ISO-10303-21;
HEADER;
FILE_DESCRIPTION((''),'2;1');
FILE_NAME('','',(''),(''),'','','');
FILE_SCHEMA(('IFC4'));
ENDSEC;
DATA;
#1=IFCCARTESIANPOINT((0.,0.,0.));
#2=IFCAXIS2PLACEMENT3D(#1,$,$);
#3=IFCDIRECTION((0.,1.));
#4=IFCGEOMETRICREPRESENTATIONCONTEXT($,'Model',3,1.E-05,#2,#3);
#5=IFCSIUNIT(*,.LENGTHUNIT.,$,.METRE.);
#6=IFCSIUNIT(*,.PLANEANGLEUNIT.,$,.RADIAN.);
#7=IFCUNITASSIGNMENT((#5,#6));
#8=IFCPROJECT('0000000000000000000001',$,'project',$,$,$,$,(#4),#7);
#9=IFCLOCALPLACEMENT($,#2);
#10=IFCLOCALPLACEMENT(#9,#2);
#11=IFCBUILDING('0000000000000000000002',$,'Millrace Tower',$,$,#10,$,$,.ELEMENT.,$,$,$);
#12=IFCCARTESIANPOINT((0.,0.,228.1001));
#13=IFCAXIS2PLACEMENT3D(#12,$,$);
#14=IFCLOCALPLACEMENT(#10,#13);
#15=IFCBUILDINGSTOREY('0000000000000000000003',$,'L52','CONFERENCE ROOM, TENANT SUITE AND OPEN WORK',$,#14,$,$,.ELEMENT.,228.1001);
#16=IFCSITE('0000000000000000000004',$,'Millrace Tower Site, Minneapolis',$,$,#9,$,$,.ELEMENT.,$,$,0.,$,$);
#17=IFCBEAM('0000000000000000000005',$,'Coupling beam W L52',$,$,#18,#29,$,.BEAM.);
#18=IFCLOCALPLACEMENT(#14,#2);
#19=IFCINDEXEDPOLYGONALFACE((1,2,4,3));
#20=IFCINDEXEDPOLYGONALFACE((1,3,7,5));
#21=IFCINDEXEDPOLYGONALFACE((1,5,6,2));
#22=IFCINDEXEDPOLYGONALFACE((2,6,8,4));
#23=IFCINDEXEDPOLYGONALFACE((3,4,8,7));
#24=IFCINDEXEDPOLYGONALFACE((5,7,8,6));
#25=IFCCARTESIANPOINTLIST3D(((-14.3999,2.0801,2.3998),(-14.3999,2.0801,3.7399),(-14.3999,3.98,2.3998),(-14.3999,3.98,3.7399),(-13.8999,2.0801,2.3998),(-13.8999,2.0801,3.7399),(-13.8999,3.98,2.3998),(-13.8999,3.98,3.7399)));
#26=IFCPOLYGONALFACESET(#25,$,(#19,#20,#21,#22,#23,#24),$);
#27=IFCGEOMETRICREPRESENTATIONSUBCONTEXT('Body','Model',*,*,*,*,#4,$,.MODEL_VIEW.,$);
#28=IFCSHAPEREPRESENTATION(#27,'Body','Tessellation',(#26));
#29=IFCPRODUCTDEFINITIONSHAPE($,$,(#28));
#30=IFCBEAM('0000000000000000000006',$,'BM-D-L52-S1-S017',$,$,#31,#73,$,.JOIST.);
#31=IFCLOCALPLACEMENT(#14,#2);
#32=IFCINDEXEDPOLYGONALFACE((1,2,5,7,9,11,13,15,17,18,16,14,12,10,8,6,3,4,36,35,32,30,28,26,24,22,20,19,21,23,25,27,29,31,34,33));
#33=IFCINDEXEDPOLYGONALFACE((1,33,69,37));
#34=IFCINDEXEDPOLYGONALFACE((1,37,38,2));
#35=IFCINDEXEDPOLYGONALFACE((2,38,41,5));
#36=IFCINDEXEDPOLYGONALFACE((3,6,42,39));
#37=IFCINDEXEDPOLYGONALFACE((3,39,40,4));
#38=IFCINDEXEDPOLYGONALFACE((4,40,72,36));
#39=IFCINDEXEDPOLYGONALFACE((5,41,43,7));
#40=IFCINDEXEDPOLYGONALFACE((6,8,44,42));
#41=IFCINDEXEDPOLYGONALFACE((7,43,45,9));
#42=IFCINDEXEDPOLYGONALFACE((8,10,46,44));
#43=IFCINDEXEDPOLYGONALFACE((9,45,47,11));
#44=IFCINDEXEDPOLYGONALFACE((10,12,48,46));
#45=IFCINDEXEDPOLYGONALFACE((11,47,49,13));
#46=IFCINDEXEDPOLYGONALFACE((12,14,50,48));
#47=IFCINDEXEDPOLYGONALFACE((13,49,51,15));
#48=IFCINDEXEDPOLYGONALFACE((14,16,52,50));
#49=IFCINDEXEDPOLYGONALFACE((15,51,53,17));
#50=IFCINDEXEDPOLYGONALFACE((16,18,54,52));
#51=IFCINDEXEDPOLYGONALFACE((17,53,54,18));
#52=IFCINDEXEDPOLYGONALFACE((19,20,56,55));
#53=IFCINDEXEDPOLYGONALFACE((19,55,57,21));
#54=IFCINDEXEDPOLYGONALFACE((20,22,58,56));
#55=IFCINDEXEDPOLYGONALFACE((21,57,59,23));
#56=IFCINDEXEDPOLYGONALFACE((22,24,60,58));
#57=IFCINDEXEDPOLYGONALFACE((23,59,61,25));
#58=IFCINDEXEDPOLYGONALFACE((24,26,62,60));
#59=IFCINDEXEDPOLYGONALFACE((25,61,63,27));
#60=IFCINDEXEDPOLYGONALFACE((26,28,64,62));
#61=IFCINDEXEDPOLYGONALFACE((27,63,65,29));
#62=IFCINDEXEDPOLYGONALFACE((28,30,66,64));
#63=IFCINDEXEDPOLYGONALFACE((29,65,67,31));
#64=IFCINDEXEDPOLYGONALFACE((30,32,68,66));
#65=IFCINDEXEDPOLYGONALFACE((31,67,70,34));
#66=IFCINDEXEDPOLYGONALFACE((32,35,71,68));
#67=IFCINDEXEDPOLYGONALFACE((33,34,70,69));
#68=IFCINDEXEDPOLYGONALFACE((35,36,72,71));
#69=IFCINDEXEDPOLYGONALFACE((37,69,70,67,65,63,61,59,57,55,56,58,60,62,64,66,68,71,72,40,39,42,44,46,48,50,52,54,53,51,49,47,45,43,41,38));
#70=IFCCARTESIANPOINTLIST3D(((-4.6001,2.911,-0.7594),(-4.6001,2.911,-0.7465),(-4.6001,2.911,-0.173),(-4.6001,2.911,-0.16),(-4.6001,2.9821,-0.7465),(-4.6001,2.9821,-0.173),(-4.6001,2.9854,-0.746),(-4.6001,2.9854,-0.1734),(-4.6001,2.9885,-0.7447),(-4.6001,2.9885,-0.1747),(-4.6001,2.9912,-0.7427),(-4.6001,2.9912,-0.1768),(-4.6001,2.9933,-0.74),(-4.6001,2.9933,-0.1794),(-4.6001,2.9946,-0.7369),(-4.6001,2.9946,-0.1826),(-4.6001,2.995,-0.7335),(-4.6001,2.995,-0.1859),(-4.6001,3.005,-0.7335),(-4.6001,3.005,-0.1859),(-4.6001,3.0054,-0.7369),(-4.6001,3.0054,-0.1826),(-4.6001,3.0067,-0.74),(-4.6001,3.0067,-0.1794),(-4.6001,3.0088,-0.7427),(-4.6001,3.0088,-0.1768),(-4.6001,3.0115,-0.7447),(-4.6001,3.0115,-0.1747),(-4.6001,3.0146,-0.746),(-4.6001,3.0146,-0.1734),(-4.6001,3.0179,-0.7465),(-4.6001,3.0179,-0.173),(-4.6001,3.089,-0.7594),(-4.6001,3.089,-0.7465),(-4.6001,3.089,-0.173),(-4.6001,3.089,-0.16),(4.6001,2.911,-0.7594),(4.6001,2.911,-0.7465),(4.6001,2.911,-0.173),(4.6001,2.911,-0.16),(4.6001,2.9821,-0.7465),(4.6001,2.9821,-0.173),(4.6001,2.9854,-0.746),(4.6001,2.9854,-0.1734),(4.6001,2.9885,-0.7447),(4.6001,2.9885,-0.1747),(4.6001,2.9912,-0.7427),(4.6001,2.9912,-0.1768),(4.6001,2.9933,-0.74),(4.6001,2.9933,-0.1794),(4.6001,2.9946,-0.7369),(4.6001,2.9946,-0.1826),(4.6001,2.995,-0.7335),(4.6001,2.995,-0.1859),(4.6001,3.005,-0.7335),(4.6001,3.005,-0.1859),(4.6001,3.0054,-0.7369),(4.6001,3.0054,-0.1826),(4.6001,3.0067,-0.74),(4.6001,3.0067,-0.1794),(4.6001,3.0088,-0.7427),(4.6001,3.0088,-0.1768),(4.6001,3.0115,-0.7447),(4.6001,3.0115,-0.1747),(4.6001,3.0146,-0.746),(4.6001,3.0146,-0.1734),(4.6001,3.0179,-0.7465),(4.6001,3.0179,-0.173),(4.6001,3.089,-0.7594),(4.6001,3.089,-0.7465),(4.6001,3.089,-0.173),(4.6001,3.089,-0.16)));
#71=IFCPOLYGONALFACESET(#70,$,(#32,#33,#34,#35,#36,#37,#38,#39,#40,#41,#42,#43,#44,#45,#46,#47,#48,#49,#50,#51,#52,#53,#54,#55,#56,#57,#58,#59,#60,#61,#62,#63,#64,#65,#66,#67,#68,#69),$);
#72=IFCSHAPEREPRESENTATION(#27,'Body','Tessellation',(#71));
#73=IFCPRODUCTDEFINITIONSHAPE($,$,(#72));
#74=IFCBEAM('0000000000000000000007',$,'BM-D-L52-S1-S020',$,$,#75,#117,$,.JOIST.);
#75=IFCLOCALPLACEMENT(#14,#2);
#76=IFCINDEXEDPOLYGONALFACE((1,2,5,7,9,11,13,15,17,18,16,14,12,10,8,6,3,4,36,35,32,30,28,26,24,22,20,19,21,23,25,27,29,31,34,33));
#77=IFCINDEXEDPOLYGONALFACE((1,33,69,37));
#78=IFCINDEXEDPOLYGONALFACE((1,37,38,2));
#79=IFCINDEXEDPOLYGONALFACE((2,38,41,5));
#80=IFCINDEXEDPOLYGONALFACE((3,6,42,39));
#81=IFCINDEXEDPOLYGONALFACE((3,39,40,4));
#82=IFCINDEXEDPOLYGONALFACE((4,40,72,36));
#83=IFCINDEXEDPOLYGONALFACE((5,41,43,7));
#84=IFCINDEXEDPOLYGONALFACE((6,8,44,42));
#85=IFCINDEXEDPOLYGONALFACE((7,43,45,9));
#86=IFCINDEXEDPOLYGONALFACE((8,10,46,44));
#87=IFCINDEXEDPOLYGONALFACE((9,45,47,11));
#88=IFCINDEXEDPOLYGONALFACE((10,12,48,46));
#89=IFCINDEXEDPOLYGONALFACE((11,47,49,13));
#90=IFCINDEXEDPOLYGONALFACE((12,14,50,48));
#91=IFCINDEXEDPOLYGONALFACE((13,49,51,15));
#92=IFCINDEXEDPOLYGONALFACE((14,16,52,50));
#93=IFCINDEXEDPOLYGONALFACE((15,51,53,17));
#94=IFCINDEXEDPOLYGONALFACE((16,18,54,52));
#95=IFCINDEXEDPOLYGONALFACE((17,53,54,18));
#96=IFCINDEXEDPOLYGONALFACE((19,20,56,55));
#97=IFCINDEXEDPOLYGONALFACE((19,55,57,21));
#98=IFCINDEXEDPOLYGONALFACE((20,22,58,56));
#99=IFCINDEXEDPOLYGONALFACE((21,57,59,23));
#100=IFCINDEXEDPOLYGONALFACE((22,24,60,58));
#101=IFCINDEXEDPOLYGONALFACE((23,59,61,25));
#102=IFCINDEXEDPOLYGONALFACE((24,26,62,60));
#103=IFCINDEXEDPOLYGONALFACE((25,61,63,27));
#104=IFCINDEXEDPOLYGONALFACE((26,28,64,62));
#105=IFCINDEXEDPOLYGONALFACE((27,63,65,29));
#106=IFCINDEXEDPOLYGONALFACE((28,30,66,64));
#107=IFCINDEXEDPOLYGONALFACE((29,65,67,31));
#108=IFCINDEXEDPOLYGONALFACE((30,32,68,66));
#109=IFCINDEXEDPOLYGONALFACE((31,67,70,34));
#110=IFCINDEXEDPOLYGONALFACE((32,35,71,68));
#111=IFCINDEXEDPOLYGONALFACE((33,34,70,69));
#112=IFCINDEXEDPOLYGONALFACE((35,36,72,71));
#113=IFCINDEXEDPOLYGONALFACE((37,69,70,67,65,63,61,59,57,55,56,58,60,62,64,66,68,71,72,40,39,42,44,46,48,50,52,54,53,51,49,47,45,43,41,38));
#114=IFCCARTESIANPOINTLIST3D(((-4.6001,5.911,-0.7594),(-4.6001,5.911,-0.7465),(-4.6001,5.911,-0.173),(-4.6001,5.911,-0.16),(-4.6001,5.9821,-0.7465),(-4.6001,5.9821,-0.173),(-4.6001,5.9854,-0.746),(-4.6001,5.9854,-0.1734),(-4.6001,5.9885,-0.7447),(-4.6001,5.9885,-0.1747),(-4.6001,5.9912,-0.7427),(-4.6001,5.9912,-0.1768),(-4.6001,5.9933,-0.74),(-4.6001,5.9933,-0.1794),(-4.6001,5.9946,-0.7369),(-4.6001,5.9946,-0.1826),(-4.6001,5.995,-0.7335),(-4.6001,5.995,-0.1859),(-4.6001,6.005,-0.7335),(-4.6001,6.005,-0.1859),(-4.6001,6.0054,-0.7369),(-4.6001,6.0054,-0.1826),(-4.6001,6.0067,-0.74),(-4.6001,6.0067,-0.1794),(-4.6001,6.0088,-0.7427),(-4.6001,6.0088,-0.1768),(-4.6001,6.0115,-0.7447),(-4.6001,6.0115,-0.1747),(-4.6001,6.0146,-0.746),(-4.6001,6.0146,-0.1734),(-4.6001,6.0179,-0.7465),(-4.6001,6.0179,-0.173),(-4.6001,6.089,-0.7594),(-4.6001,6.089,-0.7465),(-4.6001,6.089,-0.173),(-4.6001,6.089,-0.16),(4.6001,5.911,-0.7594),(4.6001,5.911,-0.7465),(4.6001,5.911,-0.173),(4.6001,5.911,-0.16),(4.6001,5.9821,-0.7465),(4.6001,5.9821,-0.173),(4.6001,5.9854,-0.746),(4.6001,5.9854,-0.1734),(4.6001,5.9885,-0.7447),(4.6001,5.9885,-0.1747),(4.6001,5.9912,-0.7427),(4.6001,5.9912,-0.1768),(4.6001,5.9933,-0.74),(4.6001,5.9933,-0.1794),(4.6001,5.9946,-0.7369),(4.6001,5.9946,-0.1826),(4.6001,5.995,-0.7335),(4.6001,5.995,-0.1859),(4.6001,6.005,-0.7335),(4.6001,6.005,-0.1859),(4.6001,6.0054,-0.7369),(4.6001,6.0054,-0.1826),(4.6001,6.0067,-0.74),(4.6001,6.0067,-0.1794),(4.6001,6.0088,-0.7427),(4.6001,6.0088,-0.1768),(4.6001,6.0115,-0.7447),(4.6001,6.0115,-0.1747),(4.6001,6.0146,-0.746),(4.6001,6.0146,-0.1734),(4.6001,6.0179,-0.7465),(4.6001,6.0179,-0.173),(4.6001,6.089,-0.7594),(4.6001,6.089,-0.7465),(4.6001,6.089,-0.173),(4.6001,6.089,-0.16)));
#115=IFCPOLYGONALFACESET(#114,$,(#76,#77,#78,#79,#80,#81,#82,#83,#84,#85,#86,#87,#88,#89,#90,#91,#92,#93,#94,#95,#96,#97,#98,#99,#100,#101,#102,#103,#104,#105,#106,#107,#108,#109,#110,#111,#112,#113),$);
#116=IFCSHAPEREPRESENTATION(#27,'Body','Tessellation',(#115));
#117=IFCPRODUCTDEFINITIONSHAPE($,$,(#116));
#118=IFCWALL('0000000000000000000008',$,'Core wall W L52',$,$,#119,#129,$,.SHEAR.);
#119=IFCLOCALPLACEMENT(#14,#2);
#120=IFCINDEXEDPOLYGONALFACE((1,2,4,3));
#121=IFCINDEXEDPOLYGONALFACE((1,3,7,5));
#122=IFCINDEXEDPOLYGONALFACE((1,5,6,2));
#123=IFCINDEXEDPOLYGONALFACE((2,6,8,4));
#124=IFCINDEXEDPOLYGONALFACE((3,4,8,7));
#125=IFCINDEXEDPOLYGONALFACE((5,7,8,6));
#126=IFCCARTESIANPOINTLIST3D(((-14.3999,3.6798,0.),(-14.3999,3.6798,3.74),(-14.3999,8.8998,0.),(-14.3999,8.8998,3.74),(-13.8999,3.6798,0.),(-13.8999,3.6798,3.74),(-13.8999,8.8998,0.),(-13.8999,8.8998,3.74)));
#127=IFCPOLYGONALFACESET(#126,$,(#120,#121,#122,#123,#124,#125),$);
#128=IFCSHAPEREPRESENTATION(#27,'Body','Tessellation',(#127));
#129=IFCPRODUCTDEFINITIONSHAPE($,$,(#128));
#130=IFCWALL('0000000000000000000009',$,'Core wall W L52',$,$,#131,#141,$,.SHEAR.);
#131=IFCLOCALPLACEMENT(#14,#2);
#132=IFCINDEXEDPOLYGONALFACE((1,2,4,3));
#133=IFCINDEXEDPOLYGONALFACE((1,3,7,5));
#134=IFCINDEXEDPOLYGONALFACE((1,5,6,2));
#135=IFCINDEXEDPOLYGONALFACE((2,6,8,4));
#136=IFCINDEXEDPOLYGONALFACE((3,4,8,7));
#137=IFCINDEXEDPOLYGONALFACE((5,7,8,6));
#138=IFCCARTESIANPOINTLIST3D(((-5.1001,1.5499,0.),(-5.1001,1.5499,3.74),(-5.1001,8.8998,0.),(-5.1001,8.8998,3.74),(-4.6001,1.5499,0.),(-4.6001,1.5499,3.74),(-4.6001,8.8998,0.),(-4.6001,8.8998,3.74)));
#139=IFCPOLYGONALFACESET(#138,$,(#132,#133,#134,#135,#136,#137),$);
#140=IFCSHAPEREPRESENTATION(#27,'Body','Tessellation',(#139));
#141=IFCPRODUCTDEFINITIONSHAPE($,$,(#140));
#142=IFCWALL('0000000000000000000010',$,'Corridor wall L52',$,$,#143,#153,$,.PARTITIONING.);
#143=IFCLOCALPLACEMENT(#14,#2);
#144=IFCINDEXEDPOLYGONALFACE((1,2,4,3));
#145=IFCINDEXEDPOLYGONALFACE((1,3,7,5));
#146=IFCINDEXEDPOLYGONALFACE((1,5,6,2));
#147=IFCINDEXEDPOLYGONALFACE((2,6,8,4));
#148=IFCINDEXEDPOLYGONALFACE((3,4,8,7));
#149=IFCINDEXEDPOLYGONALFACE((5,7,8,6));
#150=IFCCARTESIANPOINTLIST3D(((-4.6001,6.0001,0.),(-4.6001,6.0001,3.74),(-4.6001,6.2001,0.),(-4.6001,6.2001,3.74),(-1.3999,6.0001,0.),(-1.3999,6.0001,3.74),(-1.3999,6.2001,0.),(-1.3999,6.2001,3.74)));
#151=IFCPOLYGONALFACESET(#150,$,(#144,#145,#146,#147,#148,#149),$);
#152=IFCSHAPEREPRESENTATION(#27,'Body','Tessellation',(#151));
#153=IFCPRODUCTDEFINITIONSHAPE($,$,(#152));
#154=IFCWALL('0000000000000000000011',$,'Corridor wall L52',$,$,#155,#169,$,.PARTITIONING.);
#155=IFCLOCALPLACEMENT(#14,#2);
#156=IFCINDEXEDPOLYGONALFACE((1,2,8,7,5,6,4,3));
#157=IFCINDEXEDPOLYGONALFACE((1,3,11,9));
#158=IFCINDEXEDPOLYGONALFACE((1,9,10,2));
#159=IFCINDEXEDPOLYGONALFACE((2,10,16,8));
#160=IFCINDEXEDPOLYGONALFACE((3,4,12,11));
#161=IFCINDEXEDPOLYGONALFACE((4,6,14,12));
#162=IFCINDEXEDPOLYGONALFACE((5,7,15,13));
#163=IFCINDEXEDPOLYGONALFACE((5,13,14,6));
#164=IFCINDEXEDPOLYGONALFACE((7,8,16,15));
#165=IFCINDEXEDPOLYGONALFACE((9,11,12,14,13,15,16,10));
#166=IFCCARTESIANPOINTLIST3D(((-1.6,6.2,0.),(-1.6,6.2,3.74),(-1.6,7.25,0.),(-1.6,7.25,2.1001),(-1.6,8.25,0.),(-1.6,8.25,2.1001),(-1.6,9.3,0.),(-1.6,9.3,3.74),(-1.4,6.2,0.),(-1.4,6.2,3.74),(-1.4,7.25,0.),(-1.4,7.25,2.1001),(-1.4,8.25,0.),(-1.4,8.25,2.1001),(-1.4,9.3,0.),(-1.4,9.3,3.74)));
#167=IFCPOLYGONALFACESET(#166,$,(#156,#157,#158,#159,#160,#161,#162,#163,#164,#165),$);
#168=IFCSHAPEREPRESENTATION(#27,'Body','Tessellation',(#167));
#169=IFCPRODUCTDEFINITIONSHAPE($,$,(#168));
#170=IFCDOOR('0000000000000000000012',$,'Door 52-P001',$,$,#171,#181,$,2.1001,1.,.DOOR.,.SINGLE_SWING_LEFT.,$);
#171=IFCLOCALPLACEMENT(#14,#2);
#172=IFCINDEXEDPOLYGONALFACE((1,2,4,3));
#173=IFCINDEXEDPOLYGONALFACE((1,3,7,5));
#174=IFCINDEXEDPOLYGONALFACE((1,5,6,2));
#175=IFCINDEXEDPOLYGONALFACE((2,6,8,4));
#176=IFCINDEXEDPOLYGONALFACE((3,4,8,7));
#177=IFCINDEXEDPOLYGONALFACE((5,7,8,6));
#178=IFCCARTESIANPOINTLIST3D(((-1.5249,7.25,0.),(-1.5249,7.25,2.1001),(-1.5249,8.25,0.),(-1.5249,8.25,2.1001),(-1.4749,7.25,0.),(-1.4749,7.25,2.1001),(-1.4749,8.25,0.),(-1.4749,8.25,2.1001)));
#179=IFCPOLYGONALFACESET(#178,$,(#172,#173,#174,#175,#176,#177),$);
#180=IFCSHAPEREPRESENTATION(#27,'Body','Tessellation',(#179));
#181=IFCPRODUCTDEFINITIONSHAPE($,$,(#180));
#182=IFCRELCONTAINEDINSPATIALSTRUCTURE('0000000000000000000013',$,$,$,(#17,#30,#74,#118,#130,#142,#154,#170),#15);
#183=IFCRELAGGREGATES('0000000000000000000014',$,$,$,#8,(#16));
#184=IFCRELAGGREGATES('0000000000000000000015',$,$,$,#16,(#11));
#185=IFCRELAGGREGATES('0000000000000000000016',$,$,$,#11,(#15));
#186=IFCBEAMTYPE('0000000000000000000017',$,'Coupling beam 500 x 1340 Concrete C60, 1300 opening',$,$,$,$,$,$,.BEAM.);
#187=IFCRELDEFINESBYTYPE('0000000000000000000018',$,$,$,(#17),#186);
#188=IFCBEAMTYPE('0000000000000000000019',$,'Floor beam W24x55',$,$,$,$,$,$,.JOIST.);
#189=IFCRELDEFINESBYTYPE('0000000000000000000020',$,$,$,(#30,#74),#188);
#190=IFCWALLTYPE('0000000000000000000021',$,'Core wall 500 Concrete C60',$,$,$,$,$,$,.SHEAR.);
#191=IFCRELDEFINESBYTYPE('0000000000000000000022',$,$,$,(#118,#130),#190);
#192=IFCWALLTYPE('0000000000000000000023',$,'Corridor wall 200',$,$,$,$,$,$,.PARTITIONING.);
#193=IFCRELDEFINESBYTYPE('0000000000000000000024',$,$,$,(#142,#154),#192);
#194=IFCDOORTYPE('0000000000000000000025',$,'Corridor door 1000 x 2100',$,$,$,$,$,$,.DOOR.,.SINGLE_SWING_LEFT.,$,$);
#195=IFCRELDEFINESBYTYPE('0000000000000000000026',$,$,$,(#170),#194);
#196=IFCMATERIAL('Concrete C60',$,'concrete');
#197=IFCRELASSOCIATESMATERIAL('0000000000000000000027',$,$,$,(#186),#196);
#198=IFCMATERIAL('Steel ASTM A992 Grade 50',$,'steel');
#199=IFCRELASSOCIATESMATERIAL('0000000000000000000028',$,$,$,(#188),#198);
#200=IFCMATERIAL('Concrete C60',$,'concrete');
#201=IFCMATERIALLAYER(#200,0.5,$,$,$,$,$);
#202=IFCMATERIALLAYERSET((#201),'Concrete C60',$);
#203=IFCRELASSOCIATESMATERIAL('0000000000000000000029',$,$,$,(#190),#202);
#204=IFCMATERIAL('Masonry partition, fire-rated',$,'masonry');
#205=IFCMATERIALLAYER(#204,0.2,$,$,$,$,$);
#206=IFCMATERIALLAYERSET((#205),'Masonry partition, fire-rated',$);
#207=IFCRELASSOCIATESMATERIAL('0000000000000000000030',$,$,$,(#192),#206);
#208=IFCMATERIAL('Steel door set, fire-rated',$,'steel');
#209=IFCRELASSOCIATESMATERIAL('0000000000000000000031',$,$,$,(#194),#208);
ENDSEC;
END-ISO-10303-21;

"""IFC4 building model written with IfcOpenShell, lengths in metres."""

from ifc_helpers import new_model, si_unit, direction, frame, frame_2d, origin, origin_2d, place, context, subcontext, project, spatial, rectangle, i_section, extrude, material, layer, layer_set, material_profile, profile_set, type_object, element, fill, save


model = new_model("IFC4")

# Units and contexts
model_context = context("Model", 3, precision=1e-05, world=origin(), true_north=direction((0.0, 1.0)))
body_context = subcontext(model_context, "Body", "Model", "MODEL_VIEW")
ifc_project = project(units=[si_unit("LENGTHUNIT", "METRE"), si_unit("PLANEANGLEUNIT", "RADIAN")], contexts=[model_context])

# Site, building, storey
site_placement = place(None, origin())
site = spatial("IfcSite", under=ifc_project, at=site_placement, Name="Millrace Tower Site, Minneapolis", CompositionType="ELEMENT", RefElevation=0.0)
building_placement = place(site_placement, origin())
building = spatial("IfcBuilding", under=site, at=building_placement, Name="Millrace Tower", CompositionType="ELEMENT")
storey_placement = place(building_placement, frame((0.0, 0.0, 228.1001)))
storey = spatial("IfcBuildingStorey", under=building, at=storey_placement, Name="L52", Description="CONFERENCE ROOM, TENANT SUITE AND OPEN WORK", CompositionType="ELEMENT", Elevation=228.1001)

# Beams
ifc_material_1 = material(Name="Concrete C60", Category="concrete")
ifc_material_profile_1 = material_profile(ifc_material_1, rectangle(XDim=0.5, YDim=1.3401, at=origin_2d()))
ifc_profile_set_1 = profile_set([ifc_material_profile_1], Name="Concrete C60")
beam_type_1 = type_object("IfcBeamType", Name="Coupling beam 500 x 1340 Concrete C60, 1300 opening", PredefinedType="BEAM", material=ifc_profile_set_1)
beam_placement = place(storey_placement, frame((-14.1499, 2.0801, 3.0698), z_axis=(0.0, 1.0, 0.0), x_axis=(-1.0, 0.0, 0.0)))
element("IfcBeam", 1, at=beam_placement, inside=storey, type_object=beam_type_1, Name="Coupling beam W L52", PredefinedType="BEAM", context=body_context, shape_type="SweptSolid", body=[
    extrude(rectangle(XDim=0.5, YDim=1.3401, at=origin_2d()), origin(), (0.0, 0.0, 1.0), 1.8999),
])
ifc_material_2 = material(Name="Steel ASTM A992 Grade 50", Category="steel")
ifc_material_profile_2 = material_profile(ifc_material_2, i_section(OverallWidth=0.178, OverallDepth=0.5994, WebThickness=0.01, FlangeThickness=0.0129, FilletRadius=0.0129, at=origin_2d()))
ifc_profile_set_2 = profile_set([ifc_material_profile_2], Name="Steel ASTM A992 Grade 50")
beam_type_2 = type_object("IfcBeamType", Name="Floor beam W24x55", PredefinedType="JOIST", material=ifc_profile_set_2)
for number, where, z_axis, x_axis, name in (
    (2, (-4.6001, 3.0, -0.4597), (1.0, 0.0, 0.0), (0.0, 1.0, 0.0), "BM-D-L52-S1-S017"),
    (3, (-4.6001, 6.0, -0.4597), (1.0, 0.0, 0.0), (0.0, 1.0, 0.0), "BM-D-L52-S1-S020"),
):
    element("IfcBeam", number, at=place(storey_placement, frame(where, z_axis=z_axis, x_axis=x_axis)), inside=storey, type_object=beam_type_2, Name=name, PredefinedType="JOIST", context=body_context, shape_type="SweptSolid", body=[
        extrude(i_section(OverallWidth=0.178, OverallDepth=0.5994, WebThickness=0.01, FlangeThickness=0.0129, FilletRadius=0.0129, at=origin_2d()), origin(), (0.0, 0.0, 1.0), 9.2002),
    ])

# Walls
ifc_material_3 = material(Name="Concrete C60", Category="concrete")
ifc_layer_1 = layer(ifc_material_3, 0.5)
ifc_layer_set_1 = layer_set([ifc_layer_1], Name="Concrete C60")
wall_type_1 = type_object("IfcWallType", Name="Core wall 500 Concrete C60", PredefinedType="SHEAR", material=ifc_layer_set_1)
wall_1_placement = place(storey_placement, frame((-14.1499, 3.6799, 0.0), z_axis=(0.0, 0.0, 1.0), x_axis=(0.0, 1.0, 0.0)))
element("IfcWall", 4, at=wall_1_placement, inside=storey, type_object=wall_type_1, Name="Core wall W L52", PredefinedType="SHEAR", context=body_context, shape_type="SweptSolid", body=[
    extrude(rectangle(XDim=5.22, YDim=0.5, at=frame_2d((2.6099, 0.0))), origin(), (0.0, 0.0, 1.0), 3.74),
])
wall_2_placement = place(storey_placement, frame((-4.8501, 1.55, 0.0), z_axis=(0.0, 0.0, 1.0), x_axis=(0.0, 1.0, 0.0)))
element("IfcWall", 5, at=wall_2_placement, inside=storey, type_object=wall_type_1, Name="Core wall W L52", PredefinedType="SHEAR", context=body_context, shape_type="SweptSolid", body=[
    extrude(rectangle(XDim=7.3499, YDim=0.5, at=frame_2d((3.6748, 0.0))), origin(), (0.0, 0.0, 1.0), 3.74),
])
ifc_material_4 = material(Name="Masonry partition, fire-rated", Category="masonry")
ifc_layer_2 = layer(ifc_material_4, 0.2)
ifc_layer_set_2 = layer_set([ifc_layer_2], Name="Masonry partition, fire-rated")
wall_type_2 = type_object("IfcWallType", Name="Corridor wall 200", PredefinedType="PARTITIONING", material=ifc_layer_set_2)
wall_3_placement = place(storey_placement, frame((-4.6001, 6.1001, 0.0), z_axis=(0.0, 0.0, 1.0), x_axis=(1.0, 0.0, 0.0)))
element("IfcWall", 6, at=wall_3_placement, inside=storey, type_object=wall_type_2, Name="Corridor wall L52", PredefinedType="PARTITIONING", context=body_context, shape_type="SweptSolid", body=[
    extrude(rectangle(XDim=3.2002, YDim=0.2, at=frame_2d((1.6001, 0.0))), origin(), (0.0, 0.0, 1.0), 3.74),
])

# Wall, opening, door
wall_4_placement = place(storey_placement, frame((-1.5, 6.2, 0.0), z_axis=(0.0, 0.0, 1.0), x_axis=(0.0, 1.0, 0.0)))
wall_4 = element("IfcWall", 7, at=wall_4_placement, inside=storey, type_object=wall_type_2, Name="Corridor wall L52", PredefinedType="PARTITIONING", context=body_context, shape_type="SweptSolid", body=[
    extrude(rectangle(XDim=3.1001, YDim=0.2, at=frame_2d((1.55, 0.0))), origin(), (0.0, 0.0, 1.0), 3.74),
])
opening_1_placement = place(wall_4_placement, frame((1.05, 0.0, 0.0)))
opening_1 = element("IfcOpeningElement", 8, at=opening_1_placement, cuts=wall_4, PredefinedType="OPENING", context=body_context, shape_type="SweptSolid", body=[
    extrude(rectangle(XDim=1.0, YDim=2.1001, at=frame_2d((0.5, 1.05))), frame((0.0, 0.1099, 0.0), z_axis=(0.0, -1.0, 0.0), x_axis=(1.0, 0.0, 0.0)), (0.0, 0.0, 1.0), 0.22),
])
ifc_material_5 = material(Name="Steel door set, fire-rated", Category="steel")
door_type_1 = type_object("IfcDoorType", Name="Corridor door 1000 x 2100", OperationType="SINGLE_SWING_LEFT", PredefinedType="DOOR", material=ifc_material_5)
door_1_placement = place(opening_1_placement, origin())
door_1 = element("IfcDoor", 9, at=door_1_placement, inside=storey, type_object=door_type_1, Name="Door 52-P001", OperationType="SINGLE_SWING_LEFT", OverallHeight=2.1001, OverallWidth=1.0, PredefinedType="DOOR", context=body_context, shape_type="SweptSolid", body=[
    extrude(rectangle(XDim=1.0, YDim=2.1001, at=frame_2d((0.5, 1.05))), frame((0.0, 0.0249, 0.0), z_axis=(0.0, -1.0, 0.0), x_axis=(1.0, 0.0, 0.0)), (0.0, 0.0, 1.0), 0.05),
])
fill(opening_1, door_1)

save(model, "model.ifc")
